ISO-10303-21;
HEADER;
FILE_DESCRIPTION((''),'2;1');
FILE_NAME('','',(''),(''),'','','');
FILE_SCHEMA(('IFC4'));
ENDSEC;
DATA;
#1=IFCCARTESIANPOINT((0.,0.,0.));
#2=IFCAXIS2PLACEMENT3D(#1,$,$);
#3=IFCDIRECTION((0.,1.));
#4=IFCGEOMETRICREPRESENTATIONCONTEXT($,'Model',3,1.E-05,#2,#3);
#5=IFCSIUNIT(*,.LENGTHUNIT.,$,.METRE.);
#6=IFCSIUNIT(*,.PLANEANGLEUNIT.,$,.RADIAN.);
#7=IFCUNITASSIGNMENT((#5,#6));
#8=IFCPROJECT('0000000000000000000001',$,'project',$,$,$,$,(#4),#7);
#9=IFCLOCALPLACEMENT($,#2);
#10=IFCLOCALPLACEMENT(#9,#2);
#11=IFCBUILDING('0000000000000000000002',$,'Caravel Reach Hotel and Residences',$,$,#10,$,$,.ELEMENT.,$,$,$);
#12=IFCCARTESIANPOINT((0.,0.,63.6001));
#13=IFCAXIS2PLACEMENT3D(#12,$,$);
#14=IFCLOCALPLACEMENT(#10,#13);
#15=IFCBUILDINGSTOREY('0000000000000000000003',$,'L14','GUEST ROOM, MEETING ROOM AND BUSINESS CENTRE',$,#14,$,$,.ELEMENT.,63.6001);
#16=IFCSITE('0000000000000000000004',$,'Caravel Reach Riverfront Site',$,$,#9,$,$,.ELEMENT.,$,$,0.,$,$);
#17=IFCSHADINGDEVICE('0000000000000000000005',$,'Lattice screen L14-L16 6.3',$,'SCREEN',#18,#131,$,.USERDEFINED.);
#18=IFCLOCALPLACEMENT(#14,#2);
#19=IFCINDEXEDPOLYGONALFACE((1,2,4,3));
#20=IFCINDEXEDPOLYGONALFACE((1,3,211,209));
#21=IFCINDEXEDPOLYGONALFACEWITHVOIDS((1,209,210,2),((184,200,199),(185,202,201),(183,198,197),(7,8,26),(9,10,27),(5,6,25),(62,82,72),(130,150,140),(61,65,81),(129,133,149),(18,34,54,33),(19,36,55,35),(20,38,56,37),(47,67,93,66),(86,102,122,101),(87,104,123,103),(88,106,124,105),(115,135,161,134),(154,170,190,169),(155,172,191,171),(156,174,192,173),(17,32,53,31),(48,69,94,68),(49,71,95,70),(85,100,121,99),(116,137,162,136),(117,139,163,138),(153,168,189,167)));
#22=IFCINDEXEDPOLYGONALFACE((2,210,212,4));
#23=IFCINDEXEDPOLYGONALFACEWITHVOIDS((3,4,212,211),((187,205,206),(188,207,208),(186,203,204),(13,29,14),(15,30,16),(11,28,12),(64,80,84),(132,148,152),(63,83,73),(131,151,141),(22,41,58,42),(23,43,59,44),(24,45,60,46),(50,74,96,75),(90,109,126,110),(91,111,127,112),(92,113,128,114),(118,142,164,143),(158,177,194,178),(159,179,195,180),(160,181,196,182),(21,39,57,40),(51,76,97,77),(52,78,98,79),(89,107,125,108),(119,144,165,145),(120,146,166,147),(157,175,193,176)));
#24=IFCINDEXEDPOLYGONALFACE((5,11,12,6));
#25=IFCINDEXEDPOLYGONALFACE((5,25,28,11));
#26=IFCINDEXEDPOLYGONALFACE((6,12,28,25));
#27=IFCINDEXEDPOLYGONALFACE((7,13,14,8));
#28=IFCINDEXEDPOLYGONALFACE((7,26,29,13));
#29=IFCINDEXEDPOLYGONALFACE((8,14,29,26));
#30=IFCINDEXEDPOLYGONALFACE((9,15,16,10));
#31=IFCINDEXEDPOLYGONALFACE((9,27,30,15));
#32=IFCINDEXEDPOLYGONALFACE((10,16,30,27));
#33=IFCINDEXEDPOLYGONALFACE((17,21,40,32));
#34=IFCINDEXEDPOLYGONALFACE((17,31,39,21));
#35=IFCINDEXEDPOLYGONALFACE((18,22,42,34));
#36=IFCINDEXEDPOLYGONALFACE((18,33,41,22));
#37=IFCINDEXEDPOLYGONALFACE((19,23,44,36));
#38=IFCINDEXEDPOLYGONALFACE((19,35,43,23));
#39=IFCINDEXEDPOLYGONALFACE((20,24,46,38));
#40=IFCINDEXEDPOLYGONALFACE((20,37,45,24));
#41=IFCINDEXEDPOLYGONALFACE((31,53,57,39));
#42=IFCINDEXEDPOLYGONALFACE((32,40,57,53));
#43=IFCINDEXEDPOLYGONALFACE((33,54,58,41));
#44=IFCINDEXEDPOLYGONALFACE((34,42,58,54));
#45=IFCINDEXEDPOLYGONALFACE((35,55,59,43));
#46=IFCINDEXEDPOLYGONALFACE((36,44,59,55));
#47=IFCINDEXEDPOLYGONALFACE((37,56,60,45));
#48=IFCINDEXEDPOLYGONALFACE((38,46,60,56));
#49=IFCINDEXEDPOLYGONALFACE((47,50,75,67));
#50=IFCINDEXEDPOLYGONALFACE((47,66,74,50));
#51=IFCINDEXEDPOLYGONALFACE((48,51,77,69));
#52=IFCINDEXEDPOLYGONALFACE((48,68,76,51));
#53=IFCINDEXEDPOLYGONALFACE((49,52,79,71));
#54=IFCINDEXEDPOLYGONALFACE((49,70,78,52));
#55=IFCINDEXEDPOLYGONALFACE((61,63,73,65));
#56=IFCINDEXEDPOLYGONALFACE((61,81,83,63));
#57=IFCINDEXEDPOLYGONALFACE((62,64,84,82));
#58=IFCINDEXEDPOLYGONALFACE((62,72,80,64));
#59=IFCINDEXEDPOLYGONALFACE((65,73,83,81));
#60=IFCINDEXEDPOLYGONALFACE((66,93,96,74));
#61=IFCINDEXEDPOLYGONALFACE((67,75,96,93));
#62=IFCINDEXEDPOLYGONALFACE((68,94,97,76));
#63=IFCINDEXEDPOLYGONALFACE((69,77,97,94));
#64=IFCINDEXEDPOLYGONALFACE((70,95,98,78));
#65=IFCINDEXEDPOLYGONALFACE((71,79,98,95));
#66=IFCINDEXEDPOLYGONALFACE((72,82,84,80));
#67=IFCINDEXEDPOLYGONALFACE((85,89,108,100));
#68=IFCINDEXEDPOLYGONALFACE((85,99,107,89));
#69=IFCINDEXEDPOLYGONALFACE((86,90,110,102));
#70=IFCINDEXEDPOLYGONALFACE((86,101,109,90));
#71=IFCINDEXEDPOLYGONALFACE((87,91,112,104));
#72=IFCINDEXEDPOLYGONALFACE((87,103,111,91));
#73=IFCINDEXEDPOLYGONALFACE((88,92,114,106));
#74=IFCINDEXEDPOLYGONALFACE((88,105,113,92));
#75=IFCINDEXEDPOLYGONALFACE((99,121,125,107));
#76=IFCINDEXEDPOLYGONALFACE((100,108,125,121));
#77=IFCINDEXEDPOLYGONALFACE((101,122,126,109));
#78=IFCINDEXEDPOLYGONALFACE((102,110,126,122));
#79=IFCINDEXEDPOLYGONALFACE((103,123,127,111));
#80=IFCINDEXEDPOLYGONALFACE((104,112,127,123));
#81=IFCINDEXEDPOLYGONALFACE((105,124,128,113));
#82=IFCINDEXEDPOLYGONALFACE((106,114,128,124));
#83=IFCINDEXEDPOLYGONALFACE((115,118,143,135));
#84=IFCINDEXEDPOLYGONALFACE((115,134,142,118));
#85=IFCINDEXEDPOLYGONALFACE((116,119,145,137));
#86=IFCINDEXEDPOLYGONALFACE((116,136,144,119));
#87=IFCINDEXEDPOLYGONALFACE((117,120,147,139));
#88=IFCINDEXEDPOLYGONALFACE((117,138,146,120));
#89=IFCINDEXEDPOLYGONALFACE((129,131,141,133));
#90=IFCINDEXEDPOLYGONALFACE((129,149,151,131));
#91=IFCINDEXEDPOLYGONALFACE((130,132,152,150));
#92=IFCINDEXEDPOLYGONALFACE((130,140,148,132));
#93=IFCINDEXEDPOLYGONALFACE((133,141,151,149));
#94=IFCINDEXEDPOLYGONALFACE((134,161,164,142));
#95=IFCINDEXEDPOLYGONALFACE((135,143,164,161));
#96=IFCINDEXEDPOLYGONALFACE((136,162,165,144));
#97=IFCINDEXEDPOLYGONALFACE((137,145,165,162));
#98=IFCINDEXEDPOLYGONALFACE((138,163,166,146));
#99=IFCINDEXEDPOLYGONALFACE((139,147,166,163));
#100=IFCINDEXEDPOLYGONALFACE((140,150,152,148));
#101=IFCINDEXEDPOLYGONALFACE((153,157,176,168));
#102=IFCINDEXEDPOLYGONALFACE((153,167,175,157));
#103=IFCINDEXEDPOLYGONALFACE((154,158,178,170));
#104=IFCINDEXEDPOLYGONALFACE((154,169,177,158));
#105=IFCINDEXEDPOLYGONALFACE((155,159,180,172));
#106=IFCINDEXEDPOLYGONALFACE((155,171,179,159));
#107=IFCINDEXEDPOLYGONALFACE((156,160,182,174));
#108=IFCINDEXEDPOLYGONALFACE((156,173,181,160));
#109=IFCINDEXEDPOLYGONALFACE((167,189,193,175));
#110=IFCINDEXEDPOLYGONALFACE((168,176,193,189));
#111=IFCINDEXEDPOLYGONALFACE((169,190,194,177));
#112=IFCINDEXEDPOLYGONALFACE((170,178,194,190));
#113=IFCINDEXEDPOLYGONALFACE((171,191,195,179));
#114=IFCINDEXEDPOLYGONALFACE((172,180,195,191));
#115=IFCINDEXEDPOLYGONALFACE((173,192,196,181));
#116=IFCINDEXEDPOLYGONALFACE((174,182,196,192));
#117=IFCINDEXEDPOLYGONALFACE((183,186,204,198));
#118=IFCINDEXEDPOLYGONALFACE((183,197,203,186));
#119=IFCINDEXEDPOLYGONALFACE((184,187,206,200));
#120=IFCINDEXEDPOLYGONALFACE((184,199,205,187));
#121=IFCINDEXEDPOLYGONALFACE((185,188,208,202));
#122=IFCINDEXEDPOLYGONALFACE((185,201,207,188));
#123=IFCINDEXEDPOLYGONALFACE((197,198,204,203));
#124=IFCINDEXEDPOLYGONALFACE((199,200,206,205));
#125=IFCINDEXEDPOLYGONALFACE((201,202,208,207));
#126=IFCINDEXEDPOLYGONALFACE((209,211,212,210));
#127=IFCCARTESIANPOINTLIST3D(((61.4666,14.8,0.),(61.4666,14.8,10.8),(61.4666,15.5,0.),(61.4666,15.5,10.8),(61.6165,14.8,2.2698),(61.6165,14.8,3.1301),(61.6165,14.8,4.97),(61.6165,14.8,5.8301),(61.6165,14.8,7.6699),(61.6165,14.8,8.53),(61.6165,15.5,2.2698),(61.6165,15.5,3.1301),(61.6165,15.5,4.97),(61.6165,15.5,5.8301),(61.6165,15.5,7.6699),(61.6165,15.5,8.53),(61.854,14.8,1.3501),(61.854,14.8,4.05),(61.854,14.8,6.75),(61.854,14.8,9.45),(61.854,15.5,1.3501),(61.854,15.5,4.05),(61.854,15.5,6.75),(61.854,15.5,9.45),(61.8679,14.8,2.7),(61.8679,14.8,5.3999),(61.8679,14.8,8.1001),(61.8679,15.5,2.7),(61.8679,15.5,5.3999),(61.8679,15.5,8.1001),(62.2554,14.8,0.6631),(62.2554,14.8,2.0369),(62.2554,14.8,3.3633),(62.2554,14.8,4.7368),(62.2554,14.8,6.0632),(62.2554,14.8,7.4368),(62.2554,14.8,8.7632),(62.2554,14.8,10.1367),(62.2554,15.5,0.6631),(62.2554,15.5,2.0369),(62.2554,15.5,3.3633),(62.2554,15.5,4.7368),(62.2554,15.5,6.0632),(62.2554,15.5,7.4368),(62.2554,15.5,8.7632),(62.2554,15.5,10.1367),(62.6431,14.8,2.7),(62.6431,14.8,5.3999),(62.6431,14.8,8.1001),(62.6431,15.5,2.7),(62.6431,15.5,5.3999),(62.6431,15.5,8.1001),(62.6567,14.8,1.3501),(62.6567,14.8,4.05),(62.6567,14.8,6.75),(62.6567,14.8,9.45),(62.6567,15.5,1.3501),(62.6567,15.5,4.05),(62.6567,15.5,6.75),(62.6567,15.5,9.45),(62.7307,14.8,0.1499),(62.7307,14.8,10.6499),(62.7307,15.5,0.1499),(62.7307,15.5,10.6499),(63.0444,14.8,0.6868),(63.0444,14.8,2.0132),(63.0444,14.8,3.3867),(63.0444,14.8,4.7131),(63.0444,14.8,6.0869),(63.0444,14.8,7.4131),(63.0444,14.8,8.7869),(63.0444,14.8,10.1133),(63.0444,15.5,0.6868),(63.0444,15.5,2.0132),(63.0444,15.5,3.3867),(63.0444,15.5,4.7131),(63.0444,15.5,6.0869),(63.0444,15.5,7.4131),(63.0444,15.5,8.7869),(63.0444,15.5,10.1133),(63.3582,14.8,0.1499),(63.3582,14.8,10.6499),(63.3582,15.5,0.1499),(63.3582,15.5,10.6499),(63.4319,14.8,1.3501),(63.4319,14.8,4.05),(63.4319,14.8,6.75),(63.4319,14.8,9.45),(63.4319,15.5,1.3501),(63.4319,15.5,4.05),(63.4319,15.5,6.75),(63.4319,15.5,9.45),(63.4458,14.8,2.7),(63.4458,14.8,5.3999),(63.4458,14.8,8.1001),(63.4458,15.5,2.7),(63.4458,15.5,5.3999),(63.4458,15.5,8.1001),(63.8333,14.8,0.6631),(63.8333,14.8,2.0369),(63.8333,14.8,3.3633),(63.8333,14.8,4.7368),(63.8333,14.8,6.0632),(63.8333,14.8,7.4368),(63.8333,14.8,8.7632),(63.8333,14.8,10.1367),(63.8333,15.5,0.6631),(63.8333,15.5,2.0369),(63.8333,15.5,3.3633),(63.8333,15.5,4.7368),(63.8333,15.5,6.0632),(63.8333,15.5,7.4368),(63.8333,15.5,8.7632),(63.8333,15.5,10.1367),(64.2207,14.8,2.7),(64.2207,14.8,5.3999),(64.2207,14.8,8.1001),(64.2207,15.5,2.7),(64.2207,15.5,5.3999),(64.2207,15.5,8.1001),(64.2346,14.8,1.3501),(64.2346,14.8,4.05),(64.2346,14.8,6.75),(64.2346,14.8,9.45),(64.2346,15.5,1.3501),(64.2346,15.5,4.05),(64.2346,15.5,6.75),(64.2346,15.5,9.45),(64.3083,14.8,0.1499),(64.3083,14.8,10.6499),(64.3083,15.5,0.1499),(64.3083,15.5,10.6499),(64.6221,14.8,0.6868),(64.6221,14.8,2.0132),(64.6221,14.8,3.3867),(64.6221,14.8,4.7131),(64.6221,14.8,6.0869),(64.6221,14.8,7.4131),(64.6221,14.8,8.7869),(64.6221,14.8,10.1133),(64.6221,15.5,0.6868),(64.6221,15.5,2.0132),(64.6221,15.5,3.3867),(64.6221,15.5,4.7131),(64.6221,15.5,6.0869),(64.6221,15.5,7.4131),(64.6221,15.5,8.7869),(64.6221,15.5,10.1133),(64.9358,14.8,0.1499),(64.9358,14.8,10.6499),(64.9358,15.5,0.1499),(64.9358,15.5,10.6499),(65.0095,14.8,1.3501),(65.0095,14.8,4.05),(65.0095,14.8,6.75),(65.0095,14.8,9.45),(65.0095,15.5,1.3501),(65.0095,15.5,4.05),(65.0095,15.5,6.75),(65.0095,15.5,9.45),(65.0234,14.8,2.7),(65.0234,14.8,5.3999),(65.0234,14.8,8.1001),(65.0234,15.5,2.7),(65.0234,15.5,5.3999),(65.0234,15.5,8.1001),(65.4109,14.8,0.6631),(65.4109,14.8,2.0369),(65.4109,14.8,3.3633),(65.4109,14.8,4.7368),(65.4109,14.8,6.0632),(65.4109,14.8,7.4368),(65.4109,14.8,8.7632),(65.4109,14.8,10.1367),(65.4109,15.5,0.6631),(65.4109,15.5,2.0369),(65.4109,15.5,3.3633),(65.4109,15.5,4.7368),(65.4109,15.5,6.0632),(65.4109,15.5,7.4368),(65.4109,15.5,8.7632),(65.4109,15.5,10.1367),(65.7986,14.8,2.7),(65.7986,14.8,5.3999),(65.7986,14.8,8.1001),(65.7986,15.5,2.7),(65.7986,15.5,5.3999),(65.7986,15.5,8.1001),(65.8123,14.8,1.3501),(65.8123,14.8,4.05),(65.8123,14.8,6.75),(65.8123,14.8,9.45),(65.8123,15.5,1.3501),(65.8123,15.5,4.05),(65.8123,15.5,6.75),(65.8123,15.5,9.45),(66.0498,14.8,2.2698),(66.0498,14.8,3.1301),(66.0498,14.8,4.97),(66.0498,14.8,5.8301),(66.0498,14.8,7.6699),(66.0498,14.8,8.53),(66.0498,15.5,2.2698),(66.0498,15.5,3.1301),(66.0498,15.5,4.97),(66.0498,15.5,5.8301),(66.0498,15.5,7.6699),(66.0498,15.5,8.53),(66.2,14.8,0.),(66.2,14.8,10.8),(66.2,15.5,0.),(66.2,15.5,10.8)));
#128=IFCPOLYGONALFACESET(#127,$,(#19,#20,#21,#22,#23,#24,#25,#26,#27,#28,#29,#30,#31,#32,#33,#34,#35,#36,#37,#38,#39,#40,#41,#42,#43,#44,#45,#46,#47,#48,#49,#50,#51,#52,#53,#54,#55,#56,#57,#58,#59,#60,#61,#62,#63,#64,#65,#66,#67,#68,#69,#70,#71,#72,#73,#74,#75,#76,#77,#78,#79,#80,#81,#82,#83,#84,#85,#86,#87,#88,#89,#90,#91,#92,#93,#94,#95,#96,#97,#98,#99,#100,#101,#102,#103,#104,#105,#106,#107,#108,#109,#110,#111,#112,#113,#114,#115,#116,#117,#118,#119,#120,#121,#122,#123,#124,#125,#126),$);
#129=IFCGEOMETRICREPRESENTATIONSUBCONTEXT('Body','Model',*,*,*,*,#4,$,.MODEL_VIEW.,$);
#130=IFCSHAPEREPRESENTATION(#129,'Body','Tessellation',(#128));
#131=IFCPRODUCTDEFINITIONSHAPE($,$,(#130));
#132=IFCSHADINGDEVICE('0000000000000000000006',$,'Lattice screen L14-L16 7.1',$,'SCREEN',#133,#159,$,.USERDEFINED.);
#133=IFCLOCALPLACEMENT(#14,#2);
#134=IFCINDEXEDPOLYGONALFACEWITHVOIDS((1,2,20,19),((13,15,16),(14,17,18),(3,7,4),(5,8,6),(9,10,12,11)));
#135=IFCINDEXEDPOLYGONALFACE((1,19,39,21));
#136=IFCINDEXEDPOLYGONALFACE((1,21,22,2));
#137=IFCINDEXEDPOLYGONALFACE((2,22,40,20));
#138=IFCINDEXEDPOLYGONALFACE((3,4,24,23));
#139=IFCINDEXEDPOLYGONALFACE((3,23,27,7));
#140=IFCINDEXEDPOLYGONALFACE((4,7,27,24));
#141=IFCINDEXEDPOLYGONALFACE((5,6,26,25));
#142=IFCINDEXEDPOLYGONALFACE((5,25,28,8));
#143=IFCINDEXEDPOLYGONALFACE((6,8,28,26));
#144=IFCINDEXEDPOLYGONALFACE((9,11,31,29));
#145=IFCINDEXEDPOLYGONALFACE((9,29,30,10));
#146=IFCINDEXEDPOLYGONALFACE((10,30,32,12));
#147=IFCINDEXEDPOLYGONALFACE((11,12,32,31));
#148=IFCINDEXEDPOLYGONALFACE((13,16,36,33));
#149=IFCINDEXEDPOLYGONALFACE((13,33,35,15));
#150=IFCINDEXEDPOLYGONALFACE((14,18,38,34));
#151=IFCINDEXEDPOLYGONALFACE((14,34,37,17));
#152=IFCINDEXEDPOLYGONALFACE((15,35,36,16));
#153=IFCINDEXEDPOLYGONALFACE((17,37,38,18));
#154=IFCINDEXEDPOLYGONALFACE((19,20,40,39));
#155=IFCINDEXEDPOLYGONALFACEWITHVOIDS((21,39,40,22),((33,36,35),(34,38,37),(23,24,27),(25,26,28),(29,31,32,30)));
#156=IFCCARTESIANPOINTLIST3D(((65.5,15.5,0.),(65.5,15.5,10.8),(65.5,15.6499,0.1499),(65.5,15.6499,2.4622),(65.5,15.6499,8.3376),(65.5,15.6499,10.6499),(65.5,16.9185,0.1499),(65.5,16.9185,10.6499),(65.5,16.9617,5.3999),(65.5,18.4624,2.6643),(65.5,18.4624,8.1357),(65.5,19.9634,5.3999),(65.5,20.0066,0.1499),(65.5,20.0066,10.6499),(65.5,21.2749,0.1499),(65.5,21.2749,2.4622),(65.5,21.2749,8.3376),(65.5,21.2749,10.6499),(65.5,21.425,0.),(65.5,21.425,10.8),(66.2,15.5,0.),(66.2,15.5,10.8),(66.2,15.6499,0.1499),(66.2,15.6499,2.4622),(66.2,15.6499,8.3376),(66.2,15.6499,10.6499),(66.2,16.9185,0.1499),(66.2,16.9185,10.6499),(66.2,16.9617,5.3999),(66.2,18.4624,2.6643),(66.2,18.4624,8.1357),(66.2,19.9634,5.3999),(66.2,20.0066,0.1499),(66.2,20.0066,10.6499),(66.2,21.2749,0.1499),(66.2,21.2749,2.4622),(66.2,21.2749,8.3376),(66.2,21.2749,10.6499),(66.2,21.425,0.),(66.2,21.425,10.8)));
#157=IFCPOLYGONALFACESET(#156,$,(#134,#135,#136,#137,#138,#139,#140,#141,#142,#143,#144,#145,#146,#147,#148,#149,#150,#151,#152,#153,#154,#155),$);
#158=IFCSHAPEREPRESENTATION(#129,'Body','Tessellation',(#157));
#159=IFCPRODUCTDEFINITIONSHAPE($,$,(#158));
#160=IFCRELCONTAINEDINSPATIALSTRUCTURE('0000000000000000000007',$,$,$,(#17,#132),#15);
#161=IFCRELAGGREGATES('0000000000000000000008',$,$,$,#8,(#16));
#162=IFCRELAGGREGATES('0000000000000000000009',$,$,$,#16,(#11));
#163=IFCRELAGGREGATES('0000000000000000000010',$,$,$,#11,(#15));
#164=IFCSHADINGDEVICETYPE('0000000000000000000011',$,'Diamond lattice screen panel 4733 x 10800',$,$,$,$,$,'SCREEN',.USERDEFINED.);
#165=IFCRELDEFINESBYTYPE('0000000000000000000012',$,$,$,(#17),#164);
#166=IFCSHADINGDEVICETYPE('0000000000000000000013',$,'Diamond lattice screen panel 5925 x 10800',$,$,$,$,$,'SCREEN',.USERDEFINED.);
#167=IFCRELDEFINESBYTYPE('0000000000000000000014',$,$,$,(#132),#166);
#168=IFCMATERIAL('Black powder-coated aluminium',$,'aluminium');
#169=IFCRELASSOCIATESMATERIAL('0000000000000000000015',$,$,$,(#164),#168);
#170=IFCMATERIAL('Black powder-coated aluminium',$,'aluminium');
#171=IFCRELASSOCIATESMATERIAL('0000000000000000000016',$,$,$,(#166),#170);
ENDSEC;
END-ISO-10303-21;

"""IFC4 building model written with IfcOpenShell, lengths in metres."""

from ifc_helpers import new_model, si_unit, direction, frame, origin, place, context, subcontext, project, spatial, polyline, outline, extrude, material, type_object, element, save


model = new_model("IFC4")

# Units and contexts
model_context = context("Model", 3, precision=1e-05, world=origin(), true_north=direction((0.0, 1.0)))
body_context = subcontext(model_context, "Body", "Model", "MODEL_VIEW")
ifc_project = project(units=[si_unit("LENGTHUNIT", "METRE"), si_unit("PLANEANGLEUNIT", "RADIAN")], contexts=[model_context])

# Site, building, storey
site_placement = place(None, origin())
site = spatial("IfcSite", under=ifc_project, at=site_placement, Name="Caravel Reach Riverfront Site", CompositionType="ELEMENT", RefElevation=0.0)
building_placement = place(site_placement, origin())
building = spatial("IfcBuilding", under=site, at=building_placement, Name="Caravel Reach Hotel and Residences", CompositionType="ELEMENT")
storey_placement = place(building_placement, frame((0.0, 0.0, 63.6001)))
storey = spatial("IfcBuildingStorey", under=building, at=storey_placement, Name="L14", Description="GUEST ROOM, MEETING ROOM AND BUSINESS CENTRE", CompositionType="ELEMENT", Elevation=63.6001)

# Shading devices
ifc_material_1 = material(Name="Black powder-coated aluminium", Category="aluminium")
shading_device_type_1 = type_object("IfcShadingDeviceType", Name="Diamond lattice screen panel 4733 x 10800", ElementType="SCREEN", PredefinedType="USERDEFINED", material=ifc_material_1)
shading_device_1_placement = place(storey_placement, frame((61.4666, 15.5, 0.0), z_axis=(0.0, -1.0, 0.0), x_axis=(1.0, 0.0, 0.0)))
element("IfcShadingDevice", 1, at=shading_device_1_placement, inside=storey, type_object=shading_device_type_1, Name="Lattice screen L14-L16 6.3", ObjectType="SCREEN", PredefinedType="USERDEFINED", context=body_context, shape_type="SweptSolid", body=[
    extrude(outline(polyline([(0.0, 0.0), (4.7334, 0.0), (4.7334, 10.8), (0.0, 10.8), (0.0, 0.0)]), holes=[polyline([(0.4014, 2.7), (0.1499, 3.1301), (0.1499, 2.2698), (0.4014, 2.7)]), polyline([(0.4014, 5.3999), (0.1499, 5.8301), (0.1499, 4.97), (0.4014, 5.3999)]), polyline([(0.4014, 8.1001), (0.1499, 8.53), (0.1499, 7.6699), (0.4014, 8.1001)]), polyline([(0.7888, 2.0369), (0.3875, 1.3501), (0.7888, 0.6631), (1.1902, 1.3501), (0.7888, 2.0369)]), polyline([(0.7888, 4.7368), (0.3875, 4.05), (0.7888, 3.3633), (1.1902, 4.05), (0.7888, 4.7368)]), polyline([(0.7888, 7.4368), (0.3875, 6.75), (0.7888, 6.0632), (1.1902, 6.75), (0.7888, 7.4368)]), polyline([(0.7888, 10.1367), (0.3875, 9.45), (0.7888, 8.7632), (1.1902, 9.45), (0.7888, 10.1367)]), polyline([(1.5779, 0.6868), (1.2642, 0.1499), (1.8916, 0.1499), (1.5779, 0.6868)]), polyline([(1.5779, 3.3867), (1.1765, 2.7), (1.5779, 2.0132), (1.9792, 2.7), (1.5779, 3.3867)]), polyline([(1.5779, 6.0869), (1.1765, 5.3999), (1.5779, 4.7131), (1.9792, 5.3999), (1.5779, 6.0869)]), polyline([(1.5779, 8.7869), (1.1765, 8.1001), (1.5779, 7.4131), (1.9792, 8.1001), (1.5779, 8.7869)]), polyline([(1.5779, 10.1133), (1.8916, 10.6499), (1.2642, 10.6499), (1.5779, 10.1133)]), polyline([(2.3667, 2.0369), (1.9653, 1.3501), (2.3667, 0.6631), (2.7681, 1.3501), (2.3667, 2.0369)]), polyline([(2.3667, 4.7368), (1.9653, 4.05), (2.3667, 3.3633), (2.7681, 4.05), (2.3667, 4.7368)]), polyline([(2.3667, 7.4368), (1.9653, 6.75), (2.3667, 6.0632), (2.7681, 6.75), (2.3667, 7.4368)]), polyline([(2.3667, 10.1367), (1.9653, 9.45), (2.3667, 8.7632), (2.7681, 9.45), (2.3667, 10.1367)]), polyline([(3.1555, 0.6868), (2.8418, 0.1499), (3.4692, 0.1499), (3.1555, 0.6868)]), polyline([(3.1555, 3.3867), (2.7542, 2.7), (3.1555, 2.0132), (3.5569, 2.7), (3.1555, 3.3867)]), polyline([(3.1555, 6.0869), (2.7542, 5.3999), (3.1555, 4.7131), (3.5569, 5.3999), (3.1555, 6.0869)]), polyline([(3.1555, 8.7869), (2.7542, 8.1001), (3.1555, 7.4131), (3.5569, 8.1001), (3.1555, 8.7869)]), polyline([(3.1555, 10.1133), (3.4692, 10.6499), (2.8418, 10.6499), (3.1555, 10.1133)]), polyline([(3.9443, 2.0369), (3.543, 1.3501), (3.9443, 0.6631), (4.3457, 1.3501), (3.9443, 2.0369)]), polyline([(3.9443, 4.7368), (3.543, 4.05), (3.9443, 3.3633), (4.3457, 4.05), (3.9443, 4.7368)]), polyline([(3.9443, 7.4368), (3.543, 6.75), (3.9443, 6.0632), (4.3457, 6.75), (3.9443, 7.4368)]), polyline([(3.9443, 10.1367), (3.543, 9.45), (3.9443, 8.7632), (4.3457, 9.45), (3.9443, 10.1367)]), polyline([(4.332, 2.7), (4.5833, 2.2698), (4.5833, 3.1301), (4.332, 2.7)]), polyline([(4.332, 5.3999), (4.5833, 4.97), (4.5833, 5.8301), (4.332, 5.3999)]), polyline([(4.332, 8.1001), (4.5833, 7.6699), (4.5833, 8.53), (4.332, 8.1001)])]), origin(), (0.0, 0.0, 1.0), 0.7),
])
ifc_material_2 = material(Name="Black powder-coated aluminium", Category="aluminium")
shading_device_type_2 = type_object("IfcShadingDeviceType", Name="Diamond lattice screen panel 5925 x 10800", ElementType="SCREEN", PredefinedType="USERDEFINED", material=ifc_material_2)
for number, where, z_axis, x_axis, name in (
    (2, (65.5, 15.5, 0.0), (1.0, 0.0, 0.0), (0.0, 1.0, 0.0), "Lattice screen L14-L16 7.1"),
):
    element("IfcShadingDevice", number, at=place(storey_placement, frame(where, z_axis=z_axis, x_axis=x_axis)), inside=storey, type_object=shading_device_type_2, Name=name, ObjectType="SCREEN", PredefinedType="USERDEFINED", context=body_context, shape_type="SweptSolid", body=[
        extrude(outline(polyline([(0.0, 0.0), (5.925, 0.0), (5.925, 10.8), (0.0, 10.8), (0.0, 0.0)]), holes=[polyline([(1.4185, 0.1499), (0.1499, 2.4622), (0.1499, 0.1499), (1.4185, 0.1499)]), polyline([(0.1499, 8.3376), (1.4185, 10.6499), (0.1499, 10.6499), (0.1499, 8.3376)]), polyline([(2.9624, 8.1357), (1.4617, 5.3999), (2.9624, 2.6643), (4.4634, 5.3999), (2.9624, 8.1357)]), polyline([(5.7749, 2.4622), (4.5066, 0.1499), (5.7749, 0.1499), (5.7749, 2.4622)]), polyline([(4.5066, 10.6499), (5.7749, 8.3376), (5.7749, 10.6499), (4.5066, 10.6499)])]), origin(), (0.0, 0.0, 1.0), 0.7),
    ])

save(model, "model.ifc")
